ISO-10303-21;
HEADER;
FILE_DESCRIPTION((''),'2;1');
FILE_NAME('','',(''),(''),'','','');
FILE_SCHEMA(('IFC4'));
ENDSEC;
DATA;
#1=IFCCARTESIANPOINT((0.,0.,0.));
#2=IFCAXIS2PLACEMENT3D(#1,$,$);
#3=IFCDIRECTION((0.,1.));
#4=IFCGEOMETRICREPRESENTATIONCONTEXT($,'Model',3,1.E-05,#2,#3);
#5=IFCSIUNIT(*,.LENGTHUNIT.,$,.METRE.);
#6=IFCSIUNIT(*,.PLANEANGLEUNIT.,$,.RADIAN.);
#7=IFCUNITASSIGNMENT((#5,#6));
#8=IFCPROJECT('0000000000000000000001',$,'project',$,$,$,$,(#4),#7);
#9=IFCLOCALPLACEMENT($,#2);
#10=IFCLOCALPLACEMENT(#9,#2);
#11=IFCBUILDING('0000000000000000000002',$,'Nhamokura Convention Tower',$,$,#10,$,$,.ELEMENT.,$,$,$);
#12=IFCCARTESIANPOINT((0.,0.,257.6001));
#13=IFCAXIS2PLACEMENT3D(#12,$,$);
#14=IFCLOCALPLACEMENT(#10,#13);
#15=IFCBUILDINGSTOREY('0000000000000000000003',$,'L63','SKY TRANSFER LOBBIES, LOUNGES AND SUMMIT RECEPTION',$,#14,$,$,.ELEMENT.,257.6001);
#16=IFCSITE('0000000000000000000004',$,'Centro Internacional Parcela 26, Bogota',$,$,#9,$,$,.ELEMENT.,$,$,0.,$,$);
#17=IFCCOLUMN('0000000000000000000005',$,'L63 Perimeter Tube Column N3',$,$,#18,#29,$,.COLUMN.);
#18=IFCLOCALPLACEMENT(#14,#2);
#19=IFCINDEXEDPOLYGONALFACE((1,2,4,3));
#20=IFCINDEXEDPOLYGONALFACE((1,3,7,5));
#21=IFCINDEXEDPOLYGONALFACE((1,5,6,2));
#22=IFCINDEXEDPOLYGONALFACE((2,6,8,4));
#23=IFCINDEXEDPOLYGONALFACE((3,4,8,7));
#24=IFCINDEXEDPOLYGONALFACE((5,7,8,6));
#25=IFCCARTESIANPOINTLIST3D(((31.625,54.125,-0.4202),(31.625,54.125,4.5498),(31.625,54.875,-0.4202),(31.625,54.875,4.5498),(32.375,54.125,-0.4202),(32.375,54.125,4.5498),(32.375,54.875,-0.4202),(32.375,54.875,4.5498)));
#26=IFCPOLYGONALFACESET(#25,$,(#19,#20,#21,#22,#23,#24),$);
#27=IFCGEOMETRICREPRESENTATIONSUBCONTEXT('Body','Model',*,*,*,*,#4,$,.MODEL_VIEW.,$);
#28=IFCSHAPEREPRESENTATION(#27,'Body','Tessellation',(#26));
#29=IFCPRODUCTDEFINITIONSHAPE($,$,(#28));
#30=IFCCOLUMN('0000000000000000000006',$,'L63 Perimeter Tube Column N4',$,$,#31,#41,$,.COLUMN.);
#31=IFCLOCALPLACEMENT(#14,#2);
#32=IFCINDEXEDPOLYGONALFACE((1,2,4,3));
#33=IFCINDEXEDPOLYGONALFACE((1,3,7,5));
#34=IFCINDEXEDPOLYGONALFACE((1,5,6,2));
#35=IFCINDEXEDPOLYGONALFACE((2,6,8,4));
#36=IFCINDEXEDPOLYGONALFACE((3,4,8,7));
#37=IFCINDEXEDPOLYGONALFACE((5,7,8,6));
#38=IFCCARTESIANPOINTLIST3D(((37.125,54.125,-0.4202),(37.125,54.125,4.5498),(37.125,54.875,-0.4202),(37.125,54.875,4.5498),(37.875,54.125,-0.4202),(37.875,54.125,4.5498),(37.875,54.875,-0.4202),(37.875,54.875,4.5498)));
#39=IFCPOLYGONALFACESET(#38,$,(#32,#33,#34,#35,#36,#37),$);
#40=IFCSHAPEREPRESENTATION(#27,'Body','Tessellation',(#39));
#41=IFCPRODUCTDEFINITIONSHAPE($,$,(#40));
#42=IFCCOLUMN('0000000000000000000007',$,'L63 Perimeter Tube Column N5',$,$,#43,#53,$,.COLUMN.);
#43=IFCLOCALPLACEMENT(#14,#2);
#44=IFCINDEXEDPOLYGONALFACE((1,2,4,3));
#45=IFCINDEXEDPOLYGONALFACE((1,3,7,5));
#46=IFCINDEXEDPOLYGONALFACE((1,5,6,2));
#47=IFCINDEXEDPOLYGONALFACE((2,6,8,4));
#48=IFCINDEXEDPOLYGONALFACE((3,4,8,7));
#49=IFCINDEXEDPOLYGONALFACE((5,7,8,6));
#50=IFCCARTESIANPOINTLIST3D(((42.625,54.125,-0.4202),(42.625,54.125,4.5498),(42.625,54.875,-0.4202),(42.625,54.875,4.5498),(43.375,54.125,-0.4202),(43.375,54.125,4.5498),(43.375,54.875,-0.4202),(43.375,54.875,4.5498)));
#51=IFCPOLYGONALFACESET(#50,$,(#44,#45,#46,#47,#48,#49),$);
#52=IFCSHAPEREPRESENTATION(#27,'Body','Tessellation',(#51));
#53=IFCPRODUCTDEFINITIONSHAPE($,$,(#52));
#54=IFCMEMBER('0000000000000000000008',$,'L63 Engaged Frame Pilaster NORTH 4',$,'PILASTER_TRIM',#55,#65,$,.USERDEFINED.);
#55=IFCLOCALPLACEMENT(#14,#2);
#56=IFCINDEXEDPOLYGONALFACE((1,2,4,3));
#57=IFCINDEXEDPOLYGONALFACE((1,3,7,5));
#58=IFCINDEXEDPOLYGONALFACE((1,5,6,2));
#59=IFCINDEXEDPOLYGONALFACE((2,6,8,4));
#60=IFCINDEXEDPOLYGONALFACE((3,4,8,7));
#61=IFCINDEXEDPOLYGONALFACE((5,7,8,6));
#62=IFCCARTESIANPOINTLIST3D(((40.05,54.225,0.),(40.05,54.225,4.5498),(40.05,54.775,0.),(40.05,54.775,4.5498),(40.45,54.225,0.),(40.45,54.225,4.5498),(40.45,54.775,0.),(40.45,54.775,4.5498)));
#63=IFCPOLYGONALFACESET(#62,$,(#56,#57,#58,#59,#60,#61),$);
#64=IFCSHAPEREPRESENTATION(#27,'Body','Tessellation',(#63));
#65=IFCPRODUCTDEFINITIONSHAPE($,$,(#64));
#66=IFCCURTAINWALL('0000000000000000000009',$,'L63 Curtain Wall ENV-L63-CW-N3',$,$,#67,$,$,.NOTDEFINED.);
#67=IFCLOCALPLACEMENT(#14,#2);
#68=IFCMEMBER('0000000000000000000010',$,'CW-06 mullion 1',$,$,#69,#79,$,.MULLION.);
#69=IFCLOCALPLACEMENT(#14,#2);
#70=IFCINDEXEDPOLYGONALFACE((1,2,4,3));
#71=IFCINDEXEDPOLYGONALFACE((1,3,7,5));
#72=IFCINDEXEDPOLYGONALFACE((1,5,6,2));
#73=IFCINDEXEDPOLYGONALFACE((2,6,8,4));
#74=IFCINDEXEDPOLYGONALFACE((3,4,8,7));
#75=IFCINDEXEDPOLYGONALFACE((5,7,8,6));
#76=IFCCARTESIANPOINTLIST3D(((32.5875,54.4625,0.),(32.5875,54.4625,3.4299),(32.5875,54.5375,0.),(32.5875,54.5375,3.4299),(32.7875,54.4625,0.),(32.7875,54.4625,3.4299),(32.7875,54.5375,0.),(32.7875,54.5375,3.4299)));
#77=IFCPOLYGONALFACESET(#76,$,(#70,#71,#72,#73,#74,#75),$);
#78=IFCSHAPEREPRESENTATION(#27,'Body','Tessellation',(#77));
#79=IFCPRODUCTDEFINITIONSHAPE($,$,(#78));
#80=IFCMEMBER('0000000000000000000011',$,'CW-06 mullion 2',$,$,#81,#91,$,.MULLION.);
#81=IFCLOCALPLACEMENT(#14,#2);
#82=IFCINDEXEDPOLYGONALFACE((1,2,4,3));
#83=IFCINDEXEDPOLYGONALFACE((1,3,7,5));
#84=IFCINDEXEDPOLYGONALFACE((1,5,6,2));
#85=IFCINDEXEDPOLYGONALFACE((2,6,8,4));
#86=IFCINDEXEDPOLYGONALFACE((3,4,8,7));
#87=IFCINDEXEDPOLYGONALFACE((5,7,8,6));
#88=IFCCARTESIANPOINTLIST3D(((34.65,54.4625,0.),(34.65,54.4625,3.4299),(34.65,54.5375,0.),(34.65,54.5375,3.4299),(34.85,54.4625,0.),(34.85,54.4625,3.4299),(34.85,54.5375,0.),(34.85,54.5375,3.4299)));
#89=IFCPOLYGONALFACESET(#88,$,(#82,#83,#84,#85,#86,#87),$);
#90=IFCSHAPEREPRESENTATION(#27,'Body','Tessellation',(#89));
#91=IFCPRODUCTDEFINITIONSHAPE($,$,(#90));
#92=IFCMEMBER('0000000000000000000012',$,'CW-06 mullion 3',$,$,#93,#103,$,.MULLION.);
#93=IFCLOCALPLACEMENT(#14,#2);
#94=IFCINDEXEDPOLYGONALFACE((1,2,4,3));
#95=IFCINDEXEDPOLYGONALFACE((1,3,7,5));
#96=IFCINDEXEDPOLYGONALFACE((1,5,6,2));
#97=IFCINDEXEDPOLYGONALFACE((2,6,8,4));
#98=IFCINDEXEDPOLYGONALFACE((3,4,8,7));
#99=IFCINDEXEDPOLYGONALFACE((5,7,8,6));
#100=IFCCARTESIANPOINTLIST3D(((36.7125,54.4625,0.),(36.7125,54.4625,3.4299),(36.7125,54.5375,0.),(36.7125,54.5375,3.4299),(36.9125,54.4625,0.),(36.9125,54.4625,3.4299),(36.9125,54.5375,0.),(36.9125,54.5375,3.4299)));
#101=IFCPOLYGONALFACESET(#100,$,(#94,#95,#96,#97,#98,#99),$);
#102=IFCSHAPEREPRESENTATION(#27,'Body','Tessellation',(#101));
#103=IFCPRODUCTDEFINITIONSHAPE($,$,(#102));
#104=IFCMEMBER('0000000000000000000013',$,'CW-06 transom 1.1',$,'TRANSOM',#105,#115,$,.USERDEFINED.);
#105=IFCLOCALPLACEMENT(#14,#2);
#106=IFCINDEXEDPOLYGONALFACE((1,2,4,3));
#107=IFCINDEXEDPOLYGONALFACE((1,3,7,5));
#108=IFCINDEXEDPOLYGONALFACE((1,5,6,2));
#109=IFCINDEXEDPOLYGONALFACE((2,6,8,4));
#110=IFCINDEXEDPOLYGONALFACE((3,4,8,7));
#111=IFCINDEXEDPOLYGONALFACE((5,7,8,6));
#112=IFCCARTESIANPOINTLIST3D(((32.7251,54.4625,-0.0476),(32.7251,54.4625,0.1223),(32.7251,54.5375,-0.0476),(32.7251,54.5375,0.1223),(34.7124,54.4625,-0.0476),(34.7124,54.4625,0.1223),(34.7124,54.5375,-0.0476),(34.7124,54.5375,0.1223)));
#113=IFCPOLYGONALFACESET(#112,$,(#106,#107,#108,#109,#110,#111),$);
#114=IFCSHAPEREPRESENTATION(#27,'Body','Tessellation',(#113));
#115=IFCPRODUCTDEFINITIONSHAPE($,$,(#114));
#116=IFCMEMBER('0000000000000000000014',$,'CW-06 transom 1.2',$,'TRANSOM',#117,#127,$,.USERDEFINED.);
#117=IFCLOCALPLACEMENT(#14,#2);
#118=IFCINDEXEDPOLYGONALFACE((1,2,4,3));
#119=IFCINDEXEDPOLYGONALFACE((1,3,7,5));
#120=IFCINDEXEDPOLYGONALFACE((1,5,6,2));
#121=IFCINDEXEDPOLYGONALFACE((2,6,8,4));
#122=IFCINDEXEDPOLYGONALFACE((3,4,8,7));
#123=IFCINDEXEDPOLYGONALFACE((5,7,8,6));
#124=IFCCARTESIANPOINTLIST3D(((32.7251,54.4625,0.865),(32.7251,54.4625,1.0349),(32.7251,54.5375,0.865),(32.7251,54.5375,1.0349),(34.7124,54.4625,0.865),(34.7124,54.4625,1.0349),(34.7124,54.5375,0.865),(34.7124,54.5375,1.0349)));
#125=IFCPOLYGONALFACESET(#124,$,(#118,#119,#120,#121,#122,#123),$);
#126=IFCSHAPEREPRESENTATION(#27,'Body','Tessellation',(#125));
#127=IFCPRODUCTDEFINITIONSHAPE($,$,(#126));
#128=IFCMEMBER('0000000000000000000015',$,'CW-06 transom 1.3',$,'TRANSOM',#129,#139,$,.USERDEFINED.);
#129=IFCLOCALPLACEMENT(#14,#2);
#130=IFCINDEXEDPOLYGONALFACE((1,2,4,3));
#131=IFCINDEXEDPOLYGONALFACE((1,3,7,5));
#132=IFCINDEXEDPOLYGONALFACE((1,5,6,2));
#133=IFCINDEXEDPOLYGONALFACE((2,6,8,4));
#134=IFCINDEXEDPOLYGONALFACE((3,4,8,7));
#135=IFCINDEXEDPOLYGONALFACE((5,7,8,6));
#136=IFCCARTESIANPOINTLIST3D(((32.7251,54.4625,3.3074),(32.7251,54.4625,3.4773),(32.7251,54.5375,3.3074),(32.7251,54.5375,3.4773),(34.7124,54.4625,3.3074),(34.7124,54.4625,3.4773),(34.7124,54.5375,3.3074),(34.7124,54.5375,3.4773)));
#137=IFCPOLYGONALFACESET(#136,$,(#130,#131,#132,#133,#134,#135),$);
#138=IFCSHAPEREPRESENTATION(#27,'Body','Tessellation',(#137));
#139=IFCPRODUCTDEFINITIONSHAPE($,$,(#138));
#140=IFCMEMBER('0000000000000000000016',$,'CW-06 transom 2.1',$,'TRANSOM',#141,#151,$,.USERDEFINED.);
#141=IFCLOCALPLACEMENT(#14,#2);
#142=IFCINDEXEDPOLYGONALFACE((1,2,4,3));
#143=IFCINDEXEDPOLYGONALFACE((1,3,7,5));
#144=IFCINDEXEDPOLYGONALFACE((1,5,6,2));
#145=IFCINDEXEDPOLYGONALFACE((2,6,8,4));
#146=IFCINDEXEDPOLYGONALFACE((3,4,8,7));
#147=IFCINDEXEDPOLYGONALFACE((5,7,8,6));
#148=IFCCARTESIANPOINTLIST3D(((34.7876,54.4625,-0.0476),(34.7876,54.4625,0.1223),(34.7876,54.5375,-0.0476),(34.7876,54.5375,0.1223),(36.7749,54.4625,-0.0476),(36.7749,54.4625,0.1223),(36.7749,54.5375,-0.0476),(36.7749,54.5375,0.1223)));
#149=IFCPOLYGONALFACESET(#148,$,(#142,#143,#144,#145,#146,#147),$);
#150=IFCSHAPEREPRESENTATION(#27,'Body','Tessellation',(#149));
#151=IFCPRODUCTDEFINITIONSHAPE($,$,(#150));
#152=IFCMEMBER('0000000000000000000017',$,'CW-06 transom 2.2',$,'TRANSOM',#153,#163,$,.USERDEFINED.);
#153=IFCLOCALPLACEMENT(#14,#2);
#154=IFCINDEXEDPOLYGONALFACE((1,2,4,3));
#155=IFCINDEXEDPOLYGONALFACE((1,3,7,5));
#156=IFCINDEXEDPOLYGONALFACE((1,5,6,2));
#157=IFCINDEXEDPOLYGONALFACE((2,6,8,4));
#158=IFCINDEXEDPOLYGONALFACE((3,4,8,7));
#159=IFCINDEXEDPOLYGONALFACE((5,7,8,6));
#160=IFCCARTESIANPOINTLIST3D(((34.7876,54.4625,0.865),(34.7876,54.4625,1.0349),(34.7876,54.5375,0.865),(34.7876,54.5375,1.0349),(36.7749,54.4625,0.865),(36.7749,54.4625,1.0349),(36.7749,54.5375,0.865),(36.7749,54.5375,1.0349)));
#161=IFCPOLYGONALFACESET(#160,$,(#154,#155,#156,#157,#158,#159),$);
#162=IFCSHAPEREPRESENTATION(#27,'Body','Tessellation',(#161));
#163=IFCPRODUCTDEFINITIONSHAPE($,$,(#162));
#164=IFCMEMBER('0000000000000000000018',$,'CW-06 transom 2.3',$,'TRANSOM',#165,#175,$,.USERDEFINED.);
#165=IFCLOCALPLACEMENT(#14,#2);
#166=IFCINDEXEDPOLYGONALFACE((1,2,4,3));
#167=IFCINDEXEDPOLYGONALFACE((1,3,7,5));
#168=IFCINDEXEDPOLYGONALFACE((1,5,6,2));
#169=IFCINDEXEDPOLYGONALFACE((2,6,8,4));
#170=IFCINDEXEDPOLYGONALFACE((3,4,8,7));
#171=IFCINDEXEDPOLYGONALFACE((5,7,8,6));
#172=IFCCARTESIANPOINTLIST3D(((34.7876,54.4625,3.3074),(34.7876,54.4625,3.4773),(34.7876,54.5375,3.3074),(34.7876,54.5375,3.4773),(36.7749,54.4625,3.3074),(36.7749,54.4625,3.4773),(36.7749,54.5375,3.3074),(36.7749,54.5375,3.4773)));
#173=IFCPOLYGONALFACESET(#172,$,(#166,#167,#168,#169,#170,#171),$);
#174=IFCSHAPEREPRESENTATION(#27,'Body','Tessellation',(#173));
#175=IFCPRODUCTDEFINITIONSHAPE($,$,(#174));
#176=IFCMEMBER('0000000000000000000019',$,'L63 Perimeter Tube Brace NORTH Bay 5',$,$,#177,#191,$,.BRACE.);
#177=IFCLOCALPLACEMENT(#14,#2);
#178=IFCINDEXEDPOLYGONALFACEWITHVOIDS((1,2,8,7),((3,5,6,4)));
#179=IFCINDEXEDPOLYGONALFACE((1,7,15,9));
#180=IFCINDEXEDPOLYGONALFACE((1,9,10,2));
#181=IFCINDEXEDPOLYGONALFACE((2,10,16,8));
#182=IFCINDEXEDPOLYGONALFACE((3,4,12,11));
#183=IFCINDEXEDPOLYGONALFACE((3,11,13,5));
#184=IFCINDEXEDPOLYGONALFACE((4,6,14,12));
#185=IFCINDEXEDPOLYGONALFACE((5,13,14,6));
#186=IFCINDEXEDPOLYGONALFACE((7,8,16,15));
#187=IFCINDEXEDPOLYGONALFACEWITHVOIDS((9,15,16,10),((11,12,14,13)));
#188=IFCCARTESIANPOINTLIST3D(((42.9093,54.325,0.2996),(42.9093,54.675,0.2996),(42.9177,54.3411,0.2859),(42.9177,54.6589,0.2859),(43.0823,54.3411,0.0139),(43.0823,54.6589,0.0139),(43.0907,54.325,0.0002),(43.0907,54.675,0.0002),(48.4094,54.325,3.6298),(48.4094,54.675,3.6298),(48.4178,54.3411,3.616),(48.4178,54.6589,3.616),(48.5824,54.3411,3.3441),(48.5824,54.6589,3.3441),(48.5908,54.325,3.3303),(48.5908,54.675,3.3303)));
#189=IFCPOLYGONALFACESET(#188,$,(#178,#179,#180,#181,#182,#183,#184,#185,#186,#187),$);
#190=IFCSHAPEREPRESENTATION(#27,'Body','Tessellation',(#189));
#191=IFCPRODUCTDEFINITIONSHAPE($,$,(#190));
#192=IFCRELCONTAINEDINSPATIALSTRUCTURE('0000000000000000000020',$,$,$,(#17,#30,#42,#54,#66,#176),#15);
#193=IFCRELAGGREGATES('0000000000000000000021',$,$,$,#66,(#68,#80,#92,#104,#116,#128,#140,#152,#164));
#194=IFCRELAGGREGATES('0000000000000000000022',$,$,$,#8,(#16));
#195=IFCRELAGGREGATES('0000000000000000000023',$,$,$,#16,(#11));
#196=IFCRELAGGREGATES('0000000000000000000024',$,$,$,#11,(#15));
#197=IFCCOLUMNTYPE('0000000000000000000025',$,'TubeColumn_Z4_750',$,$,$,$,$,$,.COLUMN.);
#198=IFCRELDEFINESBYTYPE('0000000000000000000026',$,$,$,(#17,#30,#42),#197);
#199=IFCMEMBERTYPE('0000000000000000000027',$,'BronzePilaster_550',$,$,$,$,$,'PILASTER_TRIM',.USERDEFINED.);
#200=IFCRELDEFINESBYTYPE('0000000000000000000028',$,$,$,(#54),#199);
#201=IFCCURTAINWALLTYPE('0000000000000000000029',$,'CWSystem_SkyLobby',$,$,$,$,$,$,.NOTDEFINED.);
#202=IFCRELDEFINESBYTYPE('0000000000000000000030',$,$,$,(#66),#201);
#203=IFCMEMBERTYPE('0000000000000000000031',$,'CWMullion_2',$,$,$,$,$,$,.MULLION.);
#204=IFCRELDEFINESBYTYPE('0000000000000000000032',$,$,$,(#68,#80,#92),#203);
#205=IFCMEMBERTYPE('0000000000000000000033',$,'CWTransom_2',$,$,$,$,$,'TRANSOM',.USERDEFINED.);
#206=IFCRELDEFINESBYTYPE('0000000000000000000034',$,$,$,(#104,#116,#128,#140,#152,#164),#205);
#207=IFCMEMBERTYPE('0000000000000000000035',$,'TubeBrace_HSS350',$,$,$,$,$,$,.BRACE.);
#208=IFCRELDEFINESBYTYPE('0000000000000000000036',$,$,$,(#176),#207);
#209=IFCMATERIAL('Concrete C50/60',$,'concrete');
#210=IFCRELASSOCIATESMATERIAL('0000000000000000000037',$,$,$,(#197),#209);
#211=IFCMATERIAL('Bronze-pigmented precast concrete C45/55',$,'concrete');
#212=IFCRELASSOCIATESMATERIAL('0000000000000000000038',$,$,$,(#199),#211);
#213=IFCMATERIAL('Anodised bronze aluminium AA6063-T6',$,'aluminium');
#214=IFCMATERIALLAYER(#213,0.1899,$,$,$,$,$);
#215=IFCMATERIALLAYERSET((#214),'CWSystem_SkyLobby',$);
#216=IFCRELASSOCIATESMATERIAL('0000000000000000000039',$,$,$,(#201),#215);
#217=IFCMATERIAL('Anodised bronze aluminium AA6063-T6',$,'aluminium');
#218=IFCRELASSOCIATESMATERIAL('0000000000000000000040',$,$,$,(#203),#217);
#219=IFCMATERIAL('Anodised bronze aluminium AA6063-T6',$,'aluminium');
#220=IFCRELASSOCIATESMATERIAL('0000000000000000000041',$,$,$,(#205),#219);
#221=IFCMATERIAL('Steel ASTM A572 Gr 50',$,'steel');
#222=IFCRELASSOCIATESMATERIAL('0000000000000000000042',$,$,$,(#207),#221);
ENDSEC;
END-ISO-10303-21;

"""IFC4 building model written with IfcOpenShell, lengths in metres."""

from ifc_helpers import new_model, si_unit, direction, frame, origin, origin_2d, place, context, subcontext, project, spatial, rectangle, hollow_rectangle, extrude, material, layer, layer_set, material_profile, profile_set, type_object, element, aggregate, save


model = new_model("IFC4")

# Units and contexts
model_context = context("Model", 3, precision=1e-05, world=origin(), true_north=direction((0.0, 1.0)))
body_context = subcontext(model_context, "Body", "Model", "MODEL_VIEW")
ifc_project = project(units=[si_unit("LENGTHUNIT", "METRE"), si_unit("PLANEANGLEUNIT", "RADIAN")], contexts=[model_context])

# Site, building, storey
site_placement = place(None, origin())
site = spatial("IfcSite", under=ifc_project, at=site_placement, Name="Centro Internacional Parcela 26, Bogota", CompositionType="ELEMENT", RefElevation=0.0)
building_placement = place(site_placement, origin())
building = spatial("IfcBuilding", under=site, at=building_placement, Name="Nhamokura Convention Tower", CompositionType="ELEMENT")
storey_placement = place(building_placement, frame((0.0, 0.0, 257.6001)))
storey = spatial("IfcBuildingStorey", under=building, at=storey_placement, Name="L63", Description="SKY TRANSFER LOBBIES, LOUNGES AND SUMMIT RECEPTION", CompositionType="ELEMENT", Elevation=257.6001)

# Columns
ifc_material_1 = material(Name="Concrete C50/60", Category="concrete")
ifc_material_profile_1 = material_profile(ifc_material_1, rectangle(XDim=0.75, YDim=0.75, at=origin_2d()))
ifc_profile_set_1 = profile_set([ifc_material_profile_1], Name="Concrete C50/60")
column_type = type_object("IfcColumnType", Name="TubeColumn_Z4_750", PredefinedType="COLUMN", material=ifc_profile_set_1)
for number, where, z_axis, x_axis, name in (
    (1, (32.0, 54.5, -0.4202), (0.0, 0.0, 1.0), (1.0, 0.0, 0.0), "L63 Perimeter Tube Column N3"),
    (2, (37.5, 54.5, -0.4202), (0.0, 0.0, 1.0), (1.0, 0.0, 0.0), "L63 Perimeter Tube Column N4"),
    (3, (43.0, 54.5, -0.4202), (0.0, 0.0, 1.0), (1.0, 0.0, 0.0), "L63 Perimeter Tube Column N5"),
):
    element("IfcColumn", number, at=place(storey_placement, frame(where, z_axis=z_axis, x_axis=x_axis)), inside=storey, type_object=column_type, Name=name, PredefinedType="COLUMN", context=body_context, shape_type="SweptSolid", body=[
        extrude(rectangle(XDim=0.75, YDim=0.75, at=origin_2d()), origin(), (0.0, 0.0, 1.0), 4.97),
    ])

# Member
ifc_material_2 = material(Name="Bronze-pigmented precast concrete C45/55", Category="concrete")
ifc_material_profile_2 = material_profile(ifc_material_2, rectangle(XDim=0.3999, YDim=0.55, at=origin_2d()))
ifc_profile_set_2 = profile_set([ifc_material_profile_2], Name="Bronze-pigmented precast concrete C45/55")
member_type_1 = type_object("IfcMemberType", Name="BronzePilaster_550", ElementType="PILASTER_TRIM", PredefinedType="USERDEFINED", material=ifc_profile_set_2)
member_1_placement = place(storey_placement, frame((40.25, 54.5, 0.0), z_axis=(0.0, 0.0, 1.0), x_axis=(1.0, 0.0, 0.0)))
element("IfcMember", 4, at=member_1_placement, inside=storey, type_object=member_type_1, Name="L63 Engaged Frame Pilaster NORTH 4", ObjectType="PILASTER_TRIM", PredefinedType="USERDEFINED", context=body_context, shape_type="SweptSolid", body=[
    extrude(rectangle(XDim=0.3999, YDim=0.55, at=origin_2d()), origin(), (0.0, 0.0, 1.0), 4.5498),
])

# Curtain wall, members
ifc_material_3 = material(Name="Anodised bronze aluminium AA6063-T6", Category="aluminium")
ifc_layer_1 = layer(ifc_material_3, 0.1899)
ifc_layer_set_1 = layer_set([ifc_layer_1], Name="CWSystem_SkyLobby")
curtain_wall_type = type_object("IfcCurtainWallType", Name="CWSystem_SkyLobby", PredefinedType="NOTDEFINED", material=ifc_layer_set_1)
curtain_wall_placement = place(storey_placement, origin())
curtain_wall = element("IfcCurtainWall", 5, at=curtain_wall_placement, inside=storey, type_object=curtain_wall_type, Name="L63 Curtain Wall ENV-L63-CW-N3", PredefinedType="NOTDEFINED")
ifc_material_4 = material(Name="Anodised bronze aluminium AA6063-T6", Category="aluminium")
ifc_material_profile_3 = material_profile(ifc_material_4, rectangle(XDim=0.075, YDim=0.2, at=origin_2d()))
ifc_profile_set_3 = profile_set([ifc_material_profile_3], Name="Anodised bronze aluminium AA6063-T6")
member_type_2 = type_object("IfcMemberType", Name="CWMullion_2", PredefinedType="MULLION", material=ifc_profile_set_3)
member_2_placement = place(storey_placement, frame((32.6875, 54.5, 0.0), z_axis=(0.0, 0.0, 1.0), x_axis=(0.0, 1.0, 0.0)))
member_2 = element("IfcMember", 6, at=member_2_placement, type_object=member_type_2, Name="CW-06 mullion 1", PredefinedType="MULLION", context=body_context, shape_type="SweptSolid", body=[
    extrude(rectangle(XDim=0.075, YDim=0.2, at=origin_2d()), origin(), (0.0, 0.0, 1.0), 3.4299),
])
member_3_placement = place(storey_placement, frame((34.75, 54.5, 0.0), z_axis=(0.0, 0.0, 1.0), x_axis=(0.0, 1.0, 0.0)))
member_3 = element("IfcMember", 7, at=member_3_placement, type_object=member_type_2, Name="CW-06 mullion 2", PredefinedType="MULLION", context=body_context, shape_type="SweptSolid", body=[
    extrude(rectangle(XDim=0.075, YDim=0.2, at=origin_2d()), origin(), (0.0, 0.0, 1.0), 3.4299),
])
member_4_placement = place(storey_placement, frame((36.8125, 54.5, 0.0), z_axis=(0.0, 0.0, 1.0), x_axis=(0.0, 1.0, 0.0)))
member_4 = element("IfcMember", 8, at=member_4_placement, type_object=member_type_2, Name="CW-06 mullion 3", PredefinedType="MULLION", context=body_context, shape_type="SweptSolid", body=[
    extrude(rectangle(XDim=0.075, YDim=0.2, at=origin_2d()), origin(), (0.0, 0.0, 1.0), 3.4299),
])
ifc_material_5 = material(Name="Anodised bronze aluminium AA6063-T6", Category="aluminium")
ifc_material_profile_4 = material_profile(ifc_material_5, rectangle(XDim=0.075, YDim=0.1699, at=origin_2d()))
ifc_profile_set_4 = profile_set([ifc_material_profile_4], Name="Anodised bronze aluminium AA6063-T6")
member_type_3 = type_object("IfcMemberType", Name="CWTransom_2", ElementType="TRANSOM", PredefinedType="USERDEFINED", material=ifc_profile_set_4)
member_5_placement = place(storey_placement, frame((32.7251, 54.5, 0.0374), z_axis=(1.0, 0.0, 0.0), x_axis=(0.0, 1.0, 0.0)))
member_5 = element("IfcMember", 9, at=member_5_placement, type_object=member_type_3, Name="CW-06 transom 1.1", ObjectType="TRANSOM", PredefinedType="USERDEFINED", context=body_context, shape_type="SweptSolid", body=[
    extrude(rectangle(XDim=0.075, YDim=0.1699, at=origin_2d()), origin(), (0.0, 0.0, 1.0), 1.9873),
])
member_6_placement = place(storey_placement, frame((32.7251, 54.5, 0.95), z_axis=(1.0, 0.0, 0.0), x_axis=(0.0, 1.0, 0.0)))
member_6 = element("IfcMember", 10, at=member_6_placement, type_object=member_type_3, Name="CW-06 transom 1.2", ObjectType="TRANSOM", PredefinedType="USERDEFINED", context=body_context, shape_type="SweptSolid", body=[
    extrude(rectangle(XDim=0.075, YDim=0.1699, at=origin_2d()), origin(), (0.0, 0.0, 1.0), 1.9873),
])
member_7_placement = place(storey_placement, frame((32.7251, 54.5, 3.3923), z_axis=(1.0, 0.0, 0.0), x_axis=(0.0, 1.0, 0.0)))
member_7 = element("IfcMember", 11, at=member_7_placement, type_object=member_type_3, Name="CW-06 transom 1.3", ObjectType="TRANSOM", PredefinedType="USERDEFINED", context=body_context, shape_type="SweptSolid", body=[
    extrude(rectangle(XDim=0.075, YDim=0.1699, at=origin_2d()), origin(), (0.0, 0.0, 1.0), 1.9873),
])
member_8_placement = place(storey_placement, frame((34.7876, 54.5, 0.0374), z_axis=(1.0, 0.0, 0.0), x_axis=(0.0, 1.0, 0.0)))
member_8 = element("IfcMember", 12, at=member_8_placement, type_object=member_type_3, Name="CW-06 transom 2.1", ObjectType="TRANSOM", PredefinedType="USERDEFINED", context=body_context, shape_type="SweptSolid", body=[
    extrude(rectangle(XDim=0.075, YDim=0.1699, at=origin_2d()), origin(), (0.0, 0.0, 1.0), 1.9873),
])
member_9_placement = place(storey_placement, frame((34.7876, 54.5, 0.95), z_axis=(1.0, 0.0, 0.0), x_axis=(0.0, 1.0, 0.0)))
member_9 = element("IfcMember", 13, at=member_9_placement, type_object=member_type_3, Name="CW-06 transom 2.2", ObjectType="TRANSOM", PredefinedType="USERDEFINED", context=body_context, shape_type="SweptSolid", body=[
    extrude(rectangle(XDim=0.075, YDim=0.1699, at=origin_2d()), origin(), (0.0, 0.0, 1.0), 1.9873),
])
member_10_placement = place(storey_placement, frame((34.7876, 54.5, 3.3923), z_axis=(1.0, 0.0, 0.0), x_axis=(0.0, 1.0, 0.0)))
member_10 = element("IfcMember", 14, at=member_10_placement, type_object=member_type_3, Name="CW-06 transom 2.3", ObjectType="TRANSOM", PredefinedType="USERDEFINED", context=body_context, shape_type="SweptSolid", body=[
    extrude(rectangle(XDim=0.075, YDim=0.1699, at=origin_2d()), origin(), (0.0, 0.0, 1.0), 1.9873),
])

# Member
ifc_material_6 = material(Name="Steel ASTM A572 Gr 50", Category="steel")
ifc_material_profile_5 = material_profile(ifc_material_6, hollow_rectangle(XDim=0.3501, YDim=0.3501, WallThickness=0.0161, at=origin_2d()))
ifc_profile_set_5 = profile_set([ifc_material_profile_5], Name="Steel ASTM A572 Gr 50")
member_type_4 = type_object("IfcMemberType", Name="TubeBrace_HSS350", PredefinedType="BRACE", material=ifc_profile_set_5)
member_11_placement = place(storey_placement, frame((43.0, 54.5, 0.1499), z_axis=(0.855422, 0.0, 0.517931), x_axis=(0.0, 1.0, 0.0)))
element("IfcMember", 15, at=member_11_placement, inside=storey, type_object=member_type_4, Name="L63 Perimeter Tube Brace NORTH Bay 5", PredefinedType="BRACE", context=body_context, shape_type="SweptSolid", body=[
    extrude(hollow_rectangle(XDim=0.3501, YDim=0.3501, WallThickness=0.0161, at=origin_2d()), origin(), (0.0, 0.0, 1.0), 6.4297),
])

aggregate(curtain_wall, [member_2, member_3, member_4, member_5, member_6, member_7, member_8, member_9, member_10])

save(model, "model.ifc")
